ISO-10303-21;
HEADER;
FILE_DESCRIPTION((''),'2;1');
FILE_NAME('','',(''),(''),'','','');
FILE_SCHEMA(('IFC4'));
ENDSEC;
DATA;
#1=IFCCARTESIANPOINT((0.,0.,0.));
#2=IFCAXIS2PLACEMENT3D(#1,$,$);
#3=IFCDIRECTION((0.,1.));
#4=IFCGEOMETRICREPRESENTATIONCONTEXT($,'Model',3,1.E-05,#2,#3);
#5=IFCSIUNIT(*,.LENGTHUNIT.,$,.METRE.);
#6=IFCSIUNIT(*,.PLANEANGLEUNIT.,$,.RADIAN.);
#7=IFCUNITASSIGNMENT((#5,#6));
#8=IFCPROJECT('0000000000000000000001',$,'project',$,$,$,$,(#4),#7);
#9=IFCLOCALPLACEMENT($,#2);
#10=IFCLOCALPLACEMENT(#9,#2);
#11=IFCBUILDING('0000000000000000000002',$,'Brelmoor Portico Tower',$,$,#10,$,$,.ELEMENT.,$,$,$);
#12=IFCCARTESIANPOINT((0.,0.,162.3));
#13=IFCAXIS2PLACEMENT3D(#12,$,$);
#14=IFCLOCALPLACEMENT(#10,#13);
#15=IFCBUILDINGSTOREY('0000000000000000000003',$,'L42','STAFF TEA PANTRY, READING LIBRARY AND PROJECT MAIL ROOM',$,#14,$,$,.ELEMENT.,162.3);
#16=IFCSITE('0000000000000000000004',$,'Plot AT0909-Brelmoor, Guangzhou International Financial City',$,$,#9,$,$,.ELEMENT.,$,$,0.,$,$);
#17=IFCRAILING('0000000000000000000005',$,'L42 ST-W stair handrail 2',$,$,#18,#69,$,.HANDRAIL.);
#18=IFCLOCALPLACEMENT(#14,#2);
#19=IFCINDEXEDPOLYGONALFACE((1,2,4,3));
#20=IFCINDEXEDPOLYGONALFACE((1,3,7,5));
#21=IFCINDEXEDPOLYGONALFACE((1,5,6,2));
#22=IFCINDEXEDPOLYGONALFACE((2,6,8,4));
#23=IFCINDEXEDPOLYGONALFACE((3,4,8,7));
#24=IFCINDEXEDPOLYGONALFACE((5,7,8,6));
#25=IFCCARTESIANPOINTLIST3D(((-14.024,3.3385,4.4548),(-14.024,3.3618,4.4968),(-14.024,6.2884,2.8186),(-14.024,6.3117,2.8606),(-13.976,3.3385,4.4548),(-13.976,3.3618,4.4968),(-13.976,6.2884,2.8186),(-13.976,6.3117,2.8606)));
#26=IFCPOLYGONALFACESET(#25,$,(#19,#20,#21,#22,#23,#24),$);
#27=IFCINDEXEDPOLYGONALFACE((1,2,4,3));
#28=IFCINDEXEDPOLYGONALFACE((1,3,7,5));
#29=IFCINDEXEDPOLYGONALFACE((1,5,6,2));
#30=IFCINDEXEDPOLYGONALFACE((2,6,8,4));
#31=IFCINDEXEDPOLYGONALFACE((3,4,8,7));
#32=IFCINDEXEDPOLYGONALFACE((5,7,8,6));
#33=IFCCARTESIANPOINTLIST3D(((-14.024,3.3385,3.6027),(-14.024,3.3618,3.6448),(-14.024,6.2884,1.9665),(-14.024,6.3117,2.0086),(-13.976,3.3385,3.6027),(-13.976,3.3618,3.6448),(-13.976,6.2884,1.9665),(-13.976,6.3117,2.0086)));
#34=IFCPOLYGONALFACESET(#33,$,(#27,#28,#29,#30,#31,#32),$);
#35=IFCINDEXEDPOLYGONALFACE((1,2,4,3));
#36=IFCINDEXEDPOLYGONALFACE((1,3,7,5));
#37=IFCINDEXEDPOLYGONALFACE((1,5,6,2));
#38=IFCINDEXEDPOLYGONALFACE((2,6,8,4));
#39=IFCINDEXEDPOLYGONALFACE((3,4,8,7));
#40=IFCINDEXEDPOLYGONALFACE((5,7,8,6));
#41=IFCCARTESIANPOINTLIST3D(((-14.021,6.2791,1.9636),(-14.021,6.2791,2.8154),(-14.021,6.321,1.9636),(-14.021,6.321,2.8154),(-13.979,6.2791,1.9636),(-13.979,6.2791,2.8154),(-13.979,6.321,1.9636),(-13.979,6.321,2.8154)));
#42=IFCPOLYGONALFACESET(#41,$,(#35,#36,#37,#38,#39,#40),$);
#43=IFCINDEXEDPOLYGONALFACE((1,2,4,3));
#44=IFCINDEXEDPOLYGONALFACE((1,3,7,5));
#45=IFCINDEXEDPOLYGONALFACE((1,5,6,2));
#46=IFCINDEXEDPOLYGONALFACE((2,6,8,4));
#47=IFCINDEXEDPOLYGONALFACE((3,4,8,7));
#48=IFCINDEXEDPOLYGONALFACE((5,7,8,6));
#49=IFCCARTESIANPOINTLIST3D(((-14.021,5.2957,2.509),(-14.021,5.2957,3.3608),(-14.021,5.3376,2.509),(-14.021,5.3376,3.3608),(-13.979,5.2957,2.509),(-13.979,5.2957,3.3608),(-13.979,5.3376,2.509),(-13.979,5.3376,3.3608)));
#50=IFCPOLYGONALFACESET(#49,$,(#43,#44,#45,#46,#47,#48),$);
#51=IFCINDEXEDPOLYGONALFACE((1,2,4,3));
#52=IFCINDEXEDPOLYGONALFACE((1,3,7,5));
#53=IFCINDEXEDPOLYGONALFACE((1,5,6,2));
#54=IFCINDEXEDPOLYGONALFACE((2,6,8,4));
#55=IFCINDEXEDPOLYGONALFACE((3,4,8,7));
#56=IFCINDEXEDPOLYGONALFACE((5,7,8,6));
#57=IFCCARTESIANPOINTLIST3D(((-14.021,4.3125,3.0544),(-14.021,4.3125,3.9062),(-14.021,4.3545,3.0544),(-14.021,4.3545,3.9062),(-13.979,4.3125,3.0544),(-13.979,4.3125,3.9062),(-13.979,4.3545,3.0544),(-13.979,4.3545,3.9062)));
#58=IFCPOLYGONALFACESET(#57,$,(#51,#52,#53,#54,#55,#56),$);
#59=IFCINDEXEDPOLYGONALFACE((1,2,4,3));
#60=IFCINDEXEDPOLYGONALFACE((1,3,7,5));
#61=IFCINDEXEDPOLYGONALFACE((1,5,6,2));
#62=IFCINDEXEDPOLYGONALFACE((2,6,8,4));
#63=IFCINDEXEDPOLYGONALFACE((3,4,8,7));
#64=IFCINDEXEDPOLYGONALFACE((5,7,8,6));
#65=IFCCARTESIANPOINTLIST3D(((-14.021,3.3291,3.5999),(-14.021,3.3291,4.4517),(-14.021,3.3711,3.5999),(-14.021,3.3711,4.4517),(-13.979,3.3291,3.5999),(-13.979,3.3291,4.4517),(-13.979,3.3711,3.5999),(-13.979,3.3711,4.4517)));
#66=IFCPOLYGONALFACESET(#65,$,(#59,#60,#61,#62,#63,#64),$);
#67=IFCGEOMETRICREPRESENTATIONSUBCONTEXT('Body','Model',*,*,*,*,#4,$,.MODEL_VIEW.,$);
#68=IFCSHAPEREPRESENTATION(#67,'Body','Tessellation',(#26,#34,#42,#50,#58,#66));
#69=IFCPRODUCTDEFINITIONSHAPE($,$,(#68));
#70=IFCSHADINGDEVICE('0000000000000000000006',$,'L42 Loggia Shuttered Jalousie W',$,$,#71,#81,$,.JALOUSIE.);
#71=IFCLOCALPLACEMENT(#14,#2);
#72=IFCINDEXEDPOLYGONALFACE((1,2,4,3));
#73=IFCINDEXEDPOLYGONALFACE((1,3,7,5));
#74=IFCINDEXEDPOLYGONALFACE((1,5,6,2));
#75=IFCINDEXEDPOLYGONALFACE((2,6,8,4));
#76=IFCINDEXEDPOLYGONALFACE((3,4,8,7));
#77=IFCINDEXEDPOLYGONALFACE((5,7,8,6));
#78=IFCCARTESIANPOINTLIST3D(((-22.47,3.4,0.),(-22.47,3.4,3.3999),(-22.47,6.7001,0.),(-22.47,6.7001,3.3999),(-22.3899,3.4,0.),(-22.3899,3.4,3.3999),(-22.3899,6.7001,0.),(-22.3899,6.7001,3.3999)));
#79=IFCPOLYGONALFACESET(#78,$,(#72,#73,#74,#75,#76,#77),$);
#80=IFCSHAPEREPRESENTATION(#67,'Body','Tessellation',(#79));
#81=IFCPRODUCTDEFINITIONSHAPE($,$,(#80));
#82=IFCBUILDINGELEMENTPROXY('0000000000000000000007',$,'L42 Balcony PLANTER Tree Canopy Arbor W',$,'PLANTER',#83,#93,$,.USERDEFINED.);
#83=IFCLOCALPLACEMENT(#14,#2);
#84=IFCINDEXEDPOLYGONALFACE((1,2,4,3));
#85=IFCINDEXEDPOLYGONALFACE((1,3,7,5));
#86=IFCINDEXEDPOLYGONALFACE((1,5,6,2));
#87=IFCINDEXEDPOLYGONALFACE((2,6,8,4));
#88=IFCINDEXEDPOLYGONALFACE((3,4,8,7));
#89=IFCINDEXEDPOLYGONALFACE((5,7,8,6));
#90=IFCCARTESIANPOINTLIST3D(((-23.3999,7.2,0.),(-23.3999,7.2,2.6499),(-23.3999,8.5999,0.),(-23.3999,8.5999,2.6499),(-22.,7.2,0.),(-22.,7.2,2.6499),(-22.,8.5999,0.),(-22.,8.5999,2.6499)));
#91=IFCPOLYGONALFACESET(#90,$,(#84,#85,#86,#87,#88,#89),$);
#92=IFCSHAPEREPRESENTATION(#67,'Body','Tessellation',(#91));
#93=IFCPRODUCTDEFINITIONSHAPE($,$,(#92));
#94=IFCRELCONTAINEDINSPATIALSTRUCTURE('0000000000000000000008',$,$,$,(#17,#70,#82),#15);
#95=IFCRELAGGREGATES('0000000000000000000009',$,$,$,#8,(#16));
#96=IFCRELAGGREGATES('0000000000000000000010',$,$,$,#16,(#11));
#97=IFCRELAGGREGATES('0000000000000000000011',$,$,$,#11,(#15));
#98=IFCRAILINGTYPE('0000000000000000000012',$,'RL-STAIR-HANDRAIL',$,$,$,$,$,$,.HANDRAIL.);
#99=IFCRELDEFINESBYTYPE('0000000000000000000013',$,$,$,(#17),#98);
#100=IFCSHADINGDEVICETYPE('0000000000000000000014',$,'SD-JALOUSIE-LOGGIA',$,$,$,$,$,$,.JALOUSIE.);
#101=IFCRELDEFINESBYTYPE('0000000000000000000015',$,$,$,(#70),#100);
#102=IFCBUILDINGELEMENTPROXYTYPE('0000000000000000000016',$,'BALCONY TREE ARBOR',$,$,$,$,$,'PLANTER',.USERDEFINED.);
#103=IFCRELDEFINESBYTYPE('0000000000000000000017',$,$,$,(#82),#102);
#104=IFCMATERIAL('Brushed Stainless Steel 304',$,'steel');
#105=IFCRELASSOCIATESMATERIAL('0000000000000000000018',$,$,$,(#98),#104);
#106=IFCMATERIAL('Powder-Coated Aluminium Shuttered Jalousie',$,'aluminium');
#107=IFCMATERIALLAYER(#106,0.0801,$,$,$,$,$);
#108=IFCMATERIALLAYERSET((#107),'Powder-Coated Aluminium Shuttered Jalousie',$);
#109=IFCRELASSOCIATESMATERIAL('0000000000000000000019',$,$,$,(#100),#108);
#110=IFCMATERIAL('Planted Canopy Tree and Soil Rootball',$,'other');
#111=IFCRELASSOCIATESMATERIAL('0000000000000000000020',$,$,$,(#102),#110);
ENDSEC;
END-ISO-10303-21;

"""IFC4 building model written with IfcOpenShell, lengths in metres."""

from ifc_helpers import new_model, si_unit, direction, frame, origin, origin_2d, place, context, subcontext, project, spatial, rectangle, extrude, material, layer, layer_set, type_object, element, save


model = new_model("IFC4")

# Units and contexts
model_context = context("Model", 3, precision=1e-05, world=origin(), true_north=direction((0.0, 1.0)))
body_context = subcontext(model_context, "Body", "Model", "MODEL_VIEW")
ifc_project = project(units=[si_unit("LENGTHUNIT", "METRE"), si_unit("PLANEANGLEUNIT", "RADIAN")], contexts=[model_context])

# Site, building, storey
site_placement = place(None, origin())
site = spatial("IfcSite", under=ifc_project, at=site_placement, Name="Plot AT0909-Brelmoor, Guangzhou International Financial City", CompositionType="ELEMENT", RefElevation=0.0)
building_placement = place(site_placement, origin())
building = spatial("IfcBuilding", under=site, at=building_placement, Name="Brelmoor Portico Tower", CompositionType="ELEMENT")
storey_placement = place(building_placement, frame((0.0, 0.0, 162.3)))
storey = spatial("IfcBuildingStorey", under=building, at=storey_placement, Name="L42", Description="STAFF TEA PANTRY, READING LIBRARY AND PROJECT MAIL ROOM", CompositionType="ELEMENT", Elevation=162.3)

# Railing
ifc_material_1 = material(Name="Brushed Stainless Steel 304", Category="steel")
railing_type_1 = type_object("IfcRailingType", Name="RL-STAIR-HANDRAIL", PredefinedType="HANDRAIL", material=ifc_material_1)
railing_1_placement = place(storey_placement, frame((-14.0, 6.3, 1.9636)))
element("IfcRailing", 1, at=railing_1_placement, inside=storey, type_object=railing_type_1, Name="L42 ST-W stair handrail 2", PredefinedType="HANDRAIL", context=body_context, shape_type="SweptSolid", body=[
    extrude(rectangle(XDim=0.0481, YDim=0.0481, at=origin_2d()), frame((0.0, 0.0, 0.876), z_axis=(0.0, -0.874488, 0.485047), x_axis=(1.0, 0.0, 0.0)), (0.0, 0.0, 1.0), 3.3733),
    extrude(rectangle(XDim=0.0481, YDim=0.0481, at=origin_2d()), frame((0.0, 0.0, 0.0239), z_axis=(0.0, -0.874488, 0.485047), x_axis=(1.0, 0.0, 0.0)), (0.0, 0.0, 1.0), 3.3733),
    extrude(rectangle(XDim=0.042, YDim=0.042, at=origin_2d()), origin(), (0.0, 0.0, 1.0), 0.8518),
    extrude(rectangle(XDim=0.042, YDim=0.042, at=origin_2d()), frame((0.0, -0.9834, 0.5454)), (0.0, 0.0, 1.0), 0.8518),
    extrude(rectangle(XDim=0.042, YDim=0.042, at=origin_2d()), frame((0.0, -1.9666, 1.0908)), (0.0, 0.0, 1.0), 0.8518),
    extrude(rectangle(XDim=0.042, YDim=0.042, at=origin_2d()), frame((0.0, -2.95, 1.6362)), (0.0, 0.0, 1.0), 0.8518),
])

# Shading device
ifc_material_2 = material(Name="Powder-Coated Aluminium Shuttered Jalousie", Category="aluminium")
ifc_layer_1 = layer(ifc_material_2, 0.0801)
ifc_layer_set_1 = layer_set([ifc_layer_1], Name="Powder-Coated Aluminium Shuttered Jalousie")
shading_device_type = type_object("IfcShadingDeviceType", Name="SD-JALOUSIE-LOGGIA", PredefinedType="JALOUSIE", material=ifc_layer_set_1)
shading_device_placement = place(storey_placement, frame((-22.4299, 5.05, 0.0), z_axis=(0.0, 0.0, 1.0), x_axis=(0.0, 1.0, 0.0)))
element("IfcShadingDevice", 2, at=shading_device_placement, inside=storey, type_object=shading_device_type, Name="L42 Loggia Shuttered Jalousie W", PredefinedType="JALOUSIE", context=body_context, shape_type="SweptSolid", body=[
    extrude(rectangle(XDim=3.3, YDim=0.0801, at=origin_2d()), origin(), (0.0, 0.0, 1.0), 3.3999),
])

# Building element proxy
ifc_material_3 = material(Name="Planted Canopy Tree and Soil Rootball", Category="other")
building_element_proxy_type = type_object("IfcBuildingElementProxyType", Name="BALCONY TREE ARBOR", ElementType="PLANTER", PredefinedType="USERDEFINED", material=ifc_material_3)
proxy_placement = place(storey_placement, frame((-22.7, 7.8999, 0.0), z_axis=(0.0, 0.0, 1.0), x_axis=(1.0, 0.0, 0.0)))
element("IfcBuildingElementProxy", 3, at=proxy_placement, inside=storey, type_object=building_element_proxy_type, Name="L42 Balcony PLANTER Tree Canopy Arbor W", ObjectType="PLANTER", PredefinedType="USERDEFINED", context=body_context, shape_type="SweptSolid", body=[
    extrude(rectangle(XDim=1.3999, YDim=1.3999, at=origin_2d()), origin(), (0.0, 0.0, 1.0), 2.6499),
])

save(model, "model.ifc")
